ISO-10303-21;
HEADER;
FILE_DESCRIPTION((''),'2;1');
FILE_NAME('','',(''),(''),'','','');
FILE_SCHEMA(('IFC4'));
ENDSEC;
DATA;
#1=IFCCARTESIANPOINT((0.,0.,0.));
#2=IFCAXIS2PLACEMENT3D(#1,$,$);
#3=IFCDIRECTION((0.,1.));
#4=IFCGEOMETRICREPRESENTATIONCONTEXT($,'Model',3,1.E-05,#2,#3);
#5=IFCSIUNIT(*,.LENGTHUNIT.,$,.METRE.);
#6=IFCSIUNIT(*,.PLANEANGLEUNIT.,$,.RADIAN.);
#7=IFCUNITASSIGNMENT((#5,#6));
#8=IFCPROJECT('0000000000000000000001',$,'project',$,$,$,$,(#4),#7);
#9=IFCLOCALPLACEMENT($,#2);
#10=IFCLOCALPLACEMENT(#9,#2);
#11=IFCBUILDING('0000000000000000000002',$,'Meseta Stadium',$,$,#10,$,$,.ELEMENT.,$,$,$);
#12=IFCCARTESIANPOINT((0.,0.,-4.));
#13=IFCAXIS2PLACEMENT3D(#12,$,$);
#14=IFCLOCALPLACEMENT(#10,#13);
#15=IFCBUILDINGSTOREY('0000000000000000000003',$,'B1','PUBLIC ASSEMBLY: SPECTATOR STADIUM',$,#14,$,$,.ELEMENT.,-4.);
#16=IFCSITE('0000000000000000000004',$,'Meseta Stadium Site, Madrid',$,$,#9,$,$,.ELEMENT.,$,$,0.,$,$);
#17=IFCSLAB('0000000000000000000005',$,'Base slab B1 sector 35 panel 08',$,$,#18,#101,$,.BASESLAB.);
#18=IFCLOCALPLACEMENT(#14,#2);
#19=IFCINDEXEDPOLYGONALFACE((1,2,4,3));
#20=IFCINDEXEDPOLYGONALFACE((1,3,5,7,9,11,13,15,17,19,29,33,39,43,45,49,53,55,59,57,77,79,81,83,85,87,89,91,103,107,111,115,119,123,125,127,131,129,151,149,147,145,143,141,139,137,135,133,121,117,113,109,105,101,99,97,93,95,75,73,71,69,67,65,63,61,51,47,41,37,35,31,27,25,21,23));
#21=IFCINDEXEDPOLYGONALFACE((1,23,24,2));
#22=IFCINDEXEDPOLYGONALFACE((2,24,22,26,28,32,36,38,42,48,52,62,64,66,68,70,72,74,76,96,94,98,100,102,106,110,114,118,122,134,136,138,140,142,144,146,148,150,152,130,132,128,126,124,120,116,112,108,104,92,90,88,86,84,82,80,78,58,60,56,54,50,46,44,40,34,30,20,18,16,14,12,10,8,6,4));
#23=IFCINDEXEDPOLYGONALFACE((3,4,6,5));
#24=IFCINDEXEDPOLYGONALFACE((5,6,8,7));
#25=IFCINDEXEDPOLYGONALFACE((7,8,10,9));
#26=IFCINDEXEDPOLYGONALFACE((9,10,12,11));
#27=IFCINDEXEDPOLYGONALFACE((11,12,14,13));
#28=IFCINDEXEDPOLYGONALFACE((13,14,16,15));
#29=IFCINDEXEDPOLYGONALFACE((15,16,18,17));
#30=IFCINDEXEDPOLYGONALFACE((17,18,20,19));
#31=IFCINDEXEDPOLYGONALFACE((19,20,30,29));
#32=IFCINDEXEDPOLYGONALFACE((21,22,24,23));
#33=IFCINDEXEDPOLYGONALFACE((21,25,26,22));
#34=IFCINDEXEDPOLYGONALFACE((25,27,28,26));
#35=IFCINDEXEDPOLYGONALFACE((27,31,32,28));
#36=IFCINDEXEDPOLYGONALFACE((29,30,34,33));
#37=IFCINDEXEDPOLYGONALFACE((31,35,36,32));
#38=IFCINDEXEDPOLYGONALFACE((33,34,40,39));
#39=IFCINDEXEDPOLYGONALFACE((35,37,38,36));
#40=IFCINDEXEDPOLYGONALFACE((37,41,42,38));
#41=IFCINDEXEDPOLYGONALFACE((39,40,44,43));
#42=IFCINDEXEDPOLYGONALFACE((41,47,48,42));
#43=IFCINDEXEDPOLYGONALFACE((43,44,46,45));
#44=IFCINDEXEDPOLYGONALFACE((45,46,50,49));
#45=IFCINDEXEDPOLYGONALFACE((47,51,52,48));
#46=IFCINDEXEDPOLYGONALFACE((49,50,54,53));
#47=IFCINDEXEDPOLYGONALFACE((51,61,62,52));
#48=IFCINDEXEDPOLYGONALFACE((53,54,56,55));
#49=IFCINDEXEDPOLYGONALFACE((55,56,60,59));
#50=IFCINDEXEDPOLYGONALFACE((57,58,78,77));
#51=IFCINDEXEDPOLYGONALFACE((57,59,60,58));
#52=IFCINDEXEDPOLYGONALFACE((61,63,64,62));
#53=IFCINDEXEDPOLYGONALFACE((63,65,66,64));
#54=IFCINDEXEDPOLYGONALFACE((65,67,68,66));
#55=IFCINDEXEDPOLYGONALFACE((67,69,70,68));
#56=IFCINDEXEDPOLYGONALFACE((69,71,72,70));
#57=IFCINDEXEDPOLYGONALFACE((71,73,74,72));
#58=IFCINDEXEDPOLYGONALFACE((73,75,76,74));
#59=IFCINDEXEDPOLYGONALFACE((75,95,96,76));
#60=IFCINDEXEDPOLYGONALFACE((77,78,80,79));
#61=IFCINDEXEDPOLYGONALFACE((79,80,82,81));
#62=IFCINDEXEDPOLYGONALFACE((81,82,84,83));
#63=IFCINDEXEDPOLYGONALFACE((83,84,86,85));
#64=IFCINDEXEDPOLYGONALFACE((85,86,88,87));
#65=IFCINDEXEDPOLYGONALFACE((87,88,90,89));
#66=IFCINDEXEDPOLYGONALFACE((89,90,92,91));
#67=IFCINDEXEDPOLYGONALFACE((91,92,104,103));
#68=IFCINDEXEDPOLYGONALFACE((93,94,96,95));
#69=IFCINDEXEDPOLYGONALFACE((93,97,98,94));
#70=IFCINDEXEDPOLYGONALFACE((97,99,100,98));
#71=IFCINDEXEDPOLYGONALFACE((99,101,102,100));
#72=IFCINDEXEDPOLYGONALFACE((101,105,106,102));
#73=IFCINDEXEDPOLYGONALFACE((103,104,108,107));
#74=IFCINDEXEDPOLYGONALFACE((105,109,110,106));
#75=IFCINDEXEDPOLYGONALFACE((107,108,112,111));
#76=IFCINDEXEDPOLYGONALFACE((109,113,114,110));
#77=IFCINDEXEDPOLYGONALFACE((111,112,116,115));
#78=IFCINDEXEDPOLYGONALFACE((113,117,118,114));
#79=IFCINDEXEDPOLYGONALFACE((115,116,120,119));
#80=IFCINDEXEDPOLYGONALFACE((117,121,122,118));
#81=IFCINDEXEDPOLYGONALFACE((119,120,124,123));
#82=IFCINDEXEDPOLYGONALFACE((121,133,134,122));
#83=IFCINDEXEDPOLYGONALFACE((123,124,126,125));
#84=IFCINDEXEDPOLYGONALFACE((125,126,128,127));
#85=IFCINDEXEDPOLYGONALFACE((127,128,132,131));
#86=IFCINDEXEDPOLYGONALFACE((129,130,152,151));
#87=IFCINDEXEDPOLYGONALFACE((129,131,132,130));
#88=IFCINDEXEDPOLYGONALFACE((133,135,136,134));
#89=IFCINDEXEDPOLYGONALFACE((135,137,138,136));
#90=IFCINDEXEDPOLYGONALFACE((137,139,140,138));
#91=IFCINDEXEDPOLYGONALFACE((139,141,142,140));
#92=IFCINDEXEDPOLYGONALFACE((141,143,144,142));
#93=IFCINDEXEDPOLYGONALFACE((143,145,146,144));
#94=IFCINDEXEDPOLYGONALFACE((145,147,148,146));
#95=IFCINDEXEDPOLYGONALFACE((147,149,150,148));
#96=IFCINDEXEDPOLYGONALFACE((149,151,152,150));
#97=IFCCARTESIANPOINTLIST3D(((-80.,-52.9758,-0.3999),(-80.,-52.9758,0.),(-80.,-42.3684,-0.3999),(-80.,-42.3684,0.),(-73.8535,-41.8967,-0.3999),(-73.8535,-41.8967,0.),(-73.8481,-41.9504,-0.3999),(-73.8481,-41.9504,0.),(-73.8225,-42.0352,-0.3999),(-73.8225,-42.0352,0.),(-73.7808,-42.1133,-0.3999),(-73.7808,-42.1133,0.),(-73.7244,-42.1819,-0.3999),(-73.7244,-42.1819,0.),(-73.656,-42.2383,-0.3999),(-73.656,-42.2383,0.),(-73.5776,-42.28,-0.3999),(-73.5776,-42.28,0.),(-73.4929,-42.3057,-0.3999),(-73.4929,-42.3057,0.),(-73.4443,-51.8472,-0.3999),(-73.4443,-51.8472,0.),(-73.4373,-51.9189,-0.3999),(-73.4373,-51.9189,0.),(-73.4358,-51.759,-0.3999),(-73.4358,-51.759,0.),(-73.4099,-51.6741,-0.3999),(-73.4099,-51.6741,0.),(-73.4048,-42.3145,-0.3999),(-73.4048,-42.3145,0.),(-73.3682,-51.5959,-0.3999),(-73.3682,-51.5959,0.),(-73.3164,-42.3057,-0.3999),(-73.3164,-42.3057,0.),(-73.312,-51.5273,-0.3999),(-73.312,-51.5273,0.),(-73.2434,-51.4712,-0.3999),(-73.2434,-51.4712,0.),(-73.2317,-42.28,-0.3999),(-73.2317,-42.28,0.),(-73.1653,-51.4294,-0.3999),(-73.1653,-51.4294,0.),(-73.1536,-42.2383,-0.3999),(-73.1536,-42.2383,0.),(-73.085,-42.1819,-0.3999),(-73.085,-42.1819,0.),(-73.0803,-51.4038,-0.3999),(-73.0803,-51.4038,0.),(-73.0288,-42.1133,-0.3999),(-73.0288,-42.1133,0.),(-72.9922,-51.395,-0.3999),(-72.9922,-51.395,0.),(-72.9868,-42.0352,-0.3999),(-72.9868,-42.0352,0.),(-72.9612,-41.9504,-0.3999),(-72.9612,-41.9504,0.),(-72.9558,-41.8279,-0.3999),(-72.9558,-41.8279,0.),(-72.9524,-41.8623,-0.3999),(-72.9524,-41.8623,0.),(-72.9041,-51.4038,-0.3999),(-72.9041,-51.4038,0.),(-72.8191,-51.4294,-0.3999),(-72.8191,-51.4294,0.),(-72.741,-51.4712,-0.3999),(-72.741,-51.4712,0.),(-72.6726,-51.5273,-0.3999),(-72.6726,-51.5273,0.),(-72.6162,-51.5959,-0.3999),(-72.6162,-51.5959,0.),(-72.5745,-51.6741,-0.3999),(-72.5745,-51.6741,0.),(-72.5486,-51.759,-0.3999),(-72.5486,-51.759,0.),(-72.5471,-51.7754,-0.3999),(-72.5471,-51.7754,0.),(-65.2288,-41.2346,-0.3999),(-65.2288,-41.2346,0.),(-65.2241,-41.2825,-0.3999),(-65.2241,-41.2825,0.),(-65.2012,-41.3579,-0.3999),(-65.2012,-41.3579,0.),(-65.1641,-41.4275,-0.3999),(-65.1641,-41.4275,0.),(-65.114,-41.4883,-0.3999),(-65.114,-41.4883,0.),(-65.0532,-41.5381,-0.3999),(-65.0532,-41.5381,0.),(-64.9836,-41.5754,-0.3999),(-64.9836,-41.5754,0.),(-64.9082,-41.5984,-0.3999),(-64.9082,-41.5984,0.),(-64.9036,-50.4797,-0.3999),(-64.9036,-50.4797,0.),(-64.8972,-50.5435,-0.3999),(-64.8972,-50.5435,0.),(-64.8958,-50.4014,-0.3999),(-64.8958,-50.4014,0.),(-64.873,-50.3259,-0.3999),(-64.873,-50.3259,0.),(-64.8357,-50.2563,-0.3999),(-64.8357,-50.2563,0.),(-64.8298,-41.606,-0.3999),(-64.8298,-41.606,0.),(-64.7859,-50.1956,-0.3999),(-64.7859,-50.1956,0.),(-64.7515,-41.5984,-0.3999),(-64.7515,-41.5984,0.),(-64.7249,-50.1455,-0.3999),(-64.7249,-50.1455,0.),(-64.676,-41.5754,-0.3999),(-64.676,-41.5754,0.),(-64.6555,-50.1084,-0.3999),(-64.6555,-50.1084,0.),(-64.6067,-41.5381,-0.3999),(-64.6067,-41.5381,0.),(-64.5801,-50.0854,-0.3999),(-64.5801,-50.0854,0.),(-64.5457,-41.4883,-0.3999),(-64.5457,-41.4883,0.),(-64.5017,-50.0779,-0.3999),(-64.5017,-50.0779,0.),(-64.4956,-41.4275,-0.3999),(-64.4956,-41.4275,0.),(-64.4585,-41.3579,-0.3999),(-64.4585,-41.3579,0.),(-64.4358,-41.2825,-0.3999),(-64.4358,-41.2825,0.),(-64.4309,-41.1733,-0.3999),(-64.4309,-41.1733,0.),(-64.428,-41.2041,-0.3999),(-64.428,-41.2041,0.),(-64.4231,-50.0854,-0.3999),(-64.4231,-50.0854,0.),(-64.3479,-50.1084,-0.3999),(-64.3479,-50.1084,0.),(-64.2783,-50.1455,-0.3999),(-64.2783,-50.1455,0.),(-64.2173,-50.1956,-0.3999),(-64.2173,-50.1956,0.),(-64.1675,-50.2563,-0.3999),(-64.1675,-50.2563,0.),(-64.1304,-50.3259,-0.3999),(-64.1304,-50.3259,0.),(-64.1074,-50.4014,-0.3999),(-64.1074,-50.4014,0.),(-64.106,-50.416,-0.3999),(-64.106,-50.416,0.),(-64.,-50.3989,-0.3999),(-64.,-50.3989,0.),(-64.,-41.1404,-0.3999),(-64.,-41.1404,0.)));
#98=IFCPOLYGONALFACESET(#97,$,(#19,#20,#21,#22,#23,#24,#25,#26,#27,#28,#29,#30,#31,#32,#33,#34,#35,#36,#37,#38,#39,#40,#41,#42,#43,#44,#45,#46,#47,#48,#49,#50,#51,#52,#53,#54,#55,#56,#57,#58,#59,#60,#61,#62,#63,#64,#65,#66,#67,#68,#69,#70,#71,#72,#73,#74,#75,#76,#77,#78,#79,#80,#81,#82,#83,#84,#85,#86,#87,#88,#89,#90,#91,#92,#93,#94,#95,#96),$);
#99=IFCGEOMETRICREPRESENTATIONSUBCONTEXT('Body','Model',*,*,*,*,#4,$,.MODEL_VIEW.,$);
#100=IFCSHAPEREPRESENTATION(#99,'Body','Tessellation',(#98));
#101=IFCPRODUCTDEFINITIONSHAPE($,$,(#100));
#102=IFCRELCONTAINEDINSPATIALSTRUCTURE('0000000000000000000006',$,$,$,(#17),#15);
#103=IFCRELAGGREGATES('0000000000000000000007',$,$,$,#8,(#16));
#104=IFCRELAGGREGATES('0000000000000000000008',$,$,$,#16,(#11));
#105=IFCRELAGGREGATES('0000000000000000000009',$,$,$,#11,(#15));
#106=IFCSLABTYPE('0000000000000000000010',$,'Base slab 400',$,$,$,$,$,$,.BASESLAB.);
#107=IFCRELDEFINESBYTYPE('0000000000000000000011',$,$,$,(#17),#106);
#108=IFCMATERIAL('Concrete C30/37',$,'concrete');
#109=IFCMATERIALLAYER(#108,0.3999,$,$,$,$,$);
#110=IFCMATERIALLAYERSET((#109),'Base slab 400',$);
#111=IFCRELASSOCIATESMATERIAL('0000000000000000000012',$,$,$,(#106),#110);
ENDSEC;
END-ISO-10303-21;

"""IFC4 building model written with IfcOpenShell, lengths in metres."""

from ifc_helpers import new_model, si_unit, direction, frame, origin, place, context, subcontext, project, spatial, polyline, outline, extrude, material, layer, layer_set, type_object, element, save


model = new_model("IFC4")

# Units and contexts
model_context = context("Model", 3, precision=1e-05, world=origin(), true_north=direction((0.0, 1.0)))
body_context = subcontext(model_context, "Body", "Model", "MODEL_VIEW")
ifc_project = project(units=[si_unit("LENGTHUNIT", "METRE"), si_unit("PLANEANGLEUNIT", "RADIAN")], contexts=[model_context])

# Site, building, storey
site_placement = place(None, origin())
site = spatial("IfcSite", under=ifc_project, at=site_placement, Name="Meseta Stadium Site, Madrid", CompositionType="ELEMENT", RefElevation=0.0)
building_placement = place(site_placement, origin())
building = spatial("IfcBuilding", under=site, at=building_placement, Name="Meseta Stadium", CompositionType="ELEMENT")
storey_placement = place(building_placement, frame((0.0, 0.0, -4.0)))
storey = spatial("IfcBuildingStorey", under=building, at=storey_placement, Name="B1", Description="PUBLIC ASSEMBLY: SPECTATOR STADIUM", CompositionType="ELEMENT", Elevation=-4.0)

# Slab
ifc_material = material(Name="Concrete C30/37", Category="concrete")
ifc_layer = layer(ifc_material, 0.3999)
ifc_layer_set = layer_set([ifc_layer], Name="Base slab 400")
slab_type = type_object("IfcSlabType", Name="Base slab 400", PredefinedType="BASESLAB", material=ifc_layer_set)
slab_1_placement = place(storey_placement, frame((0.0, 0.0, -0.3999)))
element("IfcSlab", 1, at=slab_1_placement, inside=storey, type_object=slab_type, Name="Base slab B1 sector 35 panel 08", PredefinedType="BASESLAB", context=body_context, shape_type="SweptSolid", body=[
    extrude(outline(polyline([(-72.6726, -51.5273), (-72.6162, -51.5959), (-72.5745, -51.6741), (-72.5486, -51.759), (-72.5471, -51.7754), (-64.8972, -50.5435), (-64.9036, -50.4797), (-64.8958, -50.4014), (-64.873, -50.3259), (-64.8357, -50.2563), (-64.7859, -50.1956), (-64.7249, -50.1455), (-64.6555, -50.1084), (-64.5801, -50.0854), (-64.5017, -50.0779), (-64.4231, -50.0854), (-64.3479, -50.1084), (-64.2783, -50.1455), (-64.2173, -50.1956), (-64.1675, -50.2563), (-64.1304, -50.3259), (-64.1074, -50.4014), (-64.106, -50.416), (-64.0, -50.3989), (-64.0, -41.1404), (-64.4309, -41.1733), (-64.428, -41.2041), (-64.4358, -41.2825), (-64.4585, -41.3579), (-64.4956, -41.4275), (-64.5457, -41.4883), (-64.6067, -41.5381), (-64.676, -41.5754), (-64.7515, -41.5984), (-64.8298, -41.606), (-64.9082, -41.5984), (-64.9836, -41.5754), (-65.0532, -41.5381), (-65.114, -41.4883), (-65.1641, -41.4275), (-65.2012, -41.3579), (-65.2241, -41.2825), (-65.2288, -41.2346), (-72.9558, -41.8279), (-72.9524, -41.8623), (-72.9612, -41.9504), (-72.9868, -42.0352), (-73.0288, -42.1133), (-73.085, -42.1819), (-73.1536, -42.2383), (-73.2317, -42.28), (-73.3164, -42.3057), (-73.4048, -42.3145), (-73.4929, -42.3057), (-73.5776, -42.28), (-73.656, -42.2383), (-73.7244, -42.1819), (-73.7808, -42.1133), (-73.8225, -42.0352), (-73.8481, -41.9504), (-73.8535, -41.8967), (-80.0, -42.3684), (-80.0, -52.9758), (-73.4373, -51.9189), (-73.4443, -51.8472), (-73.4358, -51.759), (-73.4099, -51.6741), (-73.3682, -51.5959), (-73.312, -51.5273), (-73.2434, -51.4712), (-73.1653, -51.4294), (-73.0803, -51.4038), (-72.9922, -51.395), (-72.9041, -51.4038), (-72.8191, -51.4294), (-72.741, -51.4712), (-72.6726, -51.5273)])), origin(), (0.0, 0.0, 1.0), 0.3999),
])

save(model, "model.ifc")
